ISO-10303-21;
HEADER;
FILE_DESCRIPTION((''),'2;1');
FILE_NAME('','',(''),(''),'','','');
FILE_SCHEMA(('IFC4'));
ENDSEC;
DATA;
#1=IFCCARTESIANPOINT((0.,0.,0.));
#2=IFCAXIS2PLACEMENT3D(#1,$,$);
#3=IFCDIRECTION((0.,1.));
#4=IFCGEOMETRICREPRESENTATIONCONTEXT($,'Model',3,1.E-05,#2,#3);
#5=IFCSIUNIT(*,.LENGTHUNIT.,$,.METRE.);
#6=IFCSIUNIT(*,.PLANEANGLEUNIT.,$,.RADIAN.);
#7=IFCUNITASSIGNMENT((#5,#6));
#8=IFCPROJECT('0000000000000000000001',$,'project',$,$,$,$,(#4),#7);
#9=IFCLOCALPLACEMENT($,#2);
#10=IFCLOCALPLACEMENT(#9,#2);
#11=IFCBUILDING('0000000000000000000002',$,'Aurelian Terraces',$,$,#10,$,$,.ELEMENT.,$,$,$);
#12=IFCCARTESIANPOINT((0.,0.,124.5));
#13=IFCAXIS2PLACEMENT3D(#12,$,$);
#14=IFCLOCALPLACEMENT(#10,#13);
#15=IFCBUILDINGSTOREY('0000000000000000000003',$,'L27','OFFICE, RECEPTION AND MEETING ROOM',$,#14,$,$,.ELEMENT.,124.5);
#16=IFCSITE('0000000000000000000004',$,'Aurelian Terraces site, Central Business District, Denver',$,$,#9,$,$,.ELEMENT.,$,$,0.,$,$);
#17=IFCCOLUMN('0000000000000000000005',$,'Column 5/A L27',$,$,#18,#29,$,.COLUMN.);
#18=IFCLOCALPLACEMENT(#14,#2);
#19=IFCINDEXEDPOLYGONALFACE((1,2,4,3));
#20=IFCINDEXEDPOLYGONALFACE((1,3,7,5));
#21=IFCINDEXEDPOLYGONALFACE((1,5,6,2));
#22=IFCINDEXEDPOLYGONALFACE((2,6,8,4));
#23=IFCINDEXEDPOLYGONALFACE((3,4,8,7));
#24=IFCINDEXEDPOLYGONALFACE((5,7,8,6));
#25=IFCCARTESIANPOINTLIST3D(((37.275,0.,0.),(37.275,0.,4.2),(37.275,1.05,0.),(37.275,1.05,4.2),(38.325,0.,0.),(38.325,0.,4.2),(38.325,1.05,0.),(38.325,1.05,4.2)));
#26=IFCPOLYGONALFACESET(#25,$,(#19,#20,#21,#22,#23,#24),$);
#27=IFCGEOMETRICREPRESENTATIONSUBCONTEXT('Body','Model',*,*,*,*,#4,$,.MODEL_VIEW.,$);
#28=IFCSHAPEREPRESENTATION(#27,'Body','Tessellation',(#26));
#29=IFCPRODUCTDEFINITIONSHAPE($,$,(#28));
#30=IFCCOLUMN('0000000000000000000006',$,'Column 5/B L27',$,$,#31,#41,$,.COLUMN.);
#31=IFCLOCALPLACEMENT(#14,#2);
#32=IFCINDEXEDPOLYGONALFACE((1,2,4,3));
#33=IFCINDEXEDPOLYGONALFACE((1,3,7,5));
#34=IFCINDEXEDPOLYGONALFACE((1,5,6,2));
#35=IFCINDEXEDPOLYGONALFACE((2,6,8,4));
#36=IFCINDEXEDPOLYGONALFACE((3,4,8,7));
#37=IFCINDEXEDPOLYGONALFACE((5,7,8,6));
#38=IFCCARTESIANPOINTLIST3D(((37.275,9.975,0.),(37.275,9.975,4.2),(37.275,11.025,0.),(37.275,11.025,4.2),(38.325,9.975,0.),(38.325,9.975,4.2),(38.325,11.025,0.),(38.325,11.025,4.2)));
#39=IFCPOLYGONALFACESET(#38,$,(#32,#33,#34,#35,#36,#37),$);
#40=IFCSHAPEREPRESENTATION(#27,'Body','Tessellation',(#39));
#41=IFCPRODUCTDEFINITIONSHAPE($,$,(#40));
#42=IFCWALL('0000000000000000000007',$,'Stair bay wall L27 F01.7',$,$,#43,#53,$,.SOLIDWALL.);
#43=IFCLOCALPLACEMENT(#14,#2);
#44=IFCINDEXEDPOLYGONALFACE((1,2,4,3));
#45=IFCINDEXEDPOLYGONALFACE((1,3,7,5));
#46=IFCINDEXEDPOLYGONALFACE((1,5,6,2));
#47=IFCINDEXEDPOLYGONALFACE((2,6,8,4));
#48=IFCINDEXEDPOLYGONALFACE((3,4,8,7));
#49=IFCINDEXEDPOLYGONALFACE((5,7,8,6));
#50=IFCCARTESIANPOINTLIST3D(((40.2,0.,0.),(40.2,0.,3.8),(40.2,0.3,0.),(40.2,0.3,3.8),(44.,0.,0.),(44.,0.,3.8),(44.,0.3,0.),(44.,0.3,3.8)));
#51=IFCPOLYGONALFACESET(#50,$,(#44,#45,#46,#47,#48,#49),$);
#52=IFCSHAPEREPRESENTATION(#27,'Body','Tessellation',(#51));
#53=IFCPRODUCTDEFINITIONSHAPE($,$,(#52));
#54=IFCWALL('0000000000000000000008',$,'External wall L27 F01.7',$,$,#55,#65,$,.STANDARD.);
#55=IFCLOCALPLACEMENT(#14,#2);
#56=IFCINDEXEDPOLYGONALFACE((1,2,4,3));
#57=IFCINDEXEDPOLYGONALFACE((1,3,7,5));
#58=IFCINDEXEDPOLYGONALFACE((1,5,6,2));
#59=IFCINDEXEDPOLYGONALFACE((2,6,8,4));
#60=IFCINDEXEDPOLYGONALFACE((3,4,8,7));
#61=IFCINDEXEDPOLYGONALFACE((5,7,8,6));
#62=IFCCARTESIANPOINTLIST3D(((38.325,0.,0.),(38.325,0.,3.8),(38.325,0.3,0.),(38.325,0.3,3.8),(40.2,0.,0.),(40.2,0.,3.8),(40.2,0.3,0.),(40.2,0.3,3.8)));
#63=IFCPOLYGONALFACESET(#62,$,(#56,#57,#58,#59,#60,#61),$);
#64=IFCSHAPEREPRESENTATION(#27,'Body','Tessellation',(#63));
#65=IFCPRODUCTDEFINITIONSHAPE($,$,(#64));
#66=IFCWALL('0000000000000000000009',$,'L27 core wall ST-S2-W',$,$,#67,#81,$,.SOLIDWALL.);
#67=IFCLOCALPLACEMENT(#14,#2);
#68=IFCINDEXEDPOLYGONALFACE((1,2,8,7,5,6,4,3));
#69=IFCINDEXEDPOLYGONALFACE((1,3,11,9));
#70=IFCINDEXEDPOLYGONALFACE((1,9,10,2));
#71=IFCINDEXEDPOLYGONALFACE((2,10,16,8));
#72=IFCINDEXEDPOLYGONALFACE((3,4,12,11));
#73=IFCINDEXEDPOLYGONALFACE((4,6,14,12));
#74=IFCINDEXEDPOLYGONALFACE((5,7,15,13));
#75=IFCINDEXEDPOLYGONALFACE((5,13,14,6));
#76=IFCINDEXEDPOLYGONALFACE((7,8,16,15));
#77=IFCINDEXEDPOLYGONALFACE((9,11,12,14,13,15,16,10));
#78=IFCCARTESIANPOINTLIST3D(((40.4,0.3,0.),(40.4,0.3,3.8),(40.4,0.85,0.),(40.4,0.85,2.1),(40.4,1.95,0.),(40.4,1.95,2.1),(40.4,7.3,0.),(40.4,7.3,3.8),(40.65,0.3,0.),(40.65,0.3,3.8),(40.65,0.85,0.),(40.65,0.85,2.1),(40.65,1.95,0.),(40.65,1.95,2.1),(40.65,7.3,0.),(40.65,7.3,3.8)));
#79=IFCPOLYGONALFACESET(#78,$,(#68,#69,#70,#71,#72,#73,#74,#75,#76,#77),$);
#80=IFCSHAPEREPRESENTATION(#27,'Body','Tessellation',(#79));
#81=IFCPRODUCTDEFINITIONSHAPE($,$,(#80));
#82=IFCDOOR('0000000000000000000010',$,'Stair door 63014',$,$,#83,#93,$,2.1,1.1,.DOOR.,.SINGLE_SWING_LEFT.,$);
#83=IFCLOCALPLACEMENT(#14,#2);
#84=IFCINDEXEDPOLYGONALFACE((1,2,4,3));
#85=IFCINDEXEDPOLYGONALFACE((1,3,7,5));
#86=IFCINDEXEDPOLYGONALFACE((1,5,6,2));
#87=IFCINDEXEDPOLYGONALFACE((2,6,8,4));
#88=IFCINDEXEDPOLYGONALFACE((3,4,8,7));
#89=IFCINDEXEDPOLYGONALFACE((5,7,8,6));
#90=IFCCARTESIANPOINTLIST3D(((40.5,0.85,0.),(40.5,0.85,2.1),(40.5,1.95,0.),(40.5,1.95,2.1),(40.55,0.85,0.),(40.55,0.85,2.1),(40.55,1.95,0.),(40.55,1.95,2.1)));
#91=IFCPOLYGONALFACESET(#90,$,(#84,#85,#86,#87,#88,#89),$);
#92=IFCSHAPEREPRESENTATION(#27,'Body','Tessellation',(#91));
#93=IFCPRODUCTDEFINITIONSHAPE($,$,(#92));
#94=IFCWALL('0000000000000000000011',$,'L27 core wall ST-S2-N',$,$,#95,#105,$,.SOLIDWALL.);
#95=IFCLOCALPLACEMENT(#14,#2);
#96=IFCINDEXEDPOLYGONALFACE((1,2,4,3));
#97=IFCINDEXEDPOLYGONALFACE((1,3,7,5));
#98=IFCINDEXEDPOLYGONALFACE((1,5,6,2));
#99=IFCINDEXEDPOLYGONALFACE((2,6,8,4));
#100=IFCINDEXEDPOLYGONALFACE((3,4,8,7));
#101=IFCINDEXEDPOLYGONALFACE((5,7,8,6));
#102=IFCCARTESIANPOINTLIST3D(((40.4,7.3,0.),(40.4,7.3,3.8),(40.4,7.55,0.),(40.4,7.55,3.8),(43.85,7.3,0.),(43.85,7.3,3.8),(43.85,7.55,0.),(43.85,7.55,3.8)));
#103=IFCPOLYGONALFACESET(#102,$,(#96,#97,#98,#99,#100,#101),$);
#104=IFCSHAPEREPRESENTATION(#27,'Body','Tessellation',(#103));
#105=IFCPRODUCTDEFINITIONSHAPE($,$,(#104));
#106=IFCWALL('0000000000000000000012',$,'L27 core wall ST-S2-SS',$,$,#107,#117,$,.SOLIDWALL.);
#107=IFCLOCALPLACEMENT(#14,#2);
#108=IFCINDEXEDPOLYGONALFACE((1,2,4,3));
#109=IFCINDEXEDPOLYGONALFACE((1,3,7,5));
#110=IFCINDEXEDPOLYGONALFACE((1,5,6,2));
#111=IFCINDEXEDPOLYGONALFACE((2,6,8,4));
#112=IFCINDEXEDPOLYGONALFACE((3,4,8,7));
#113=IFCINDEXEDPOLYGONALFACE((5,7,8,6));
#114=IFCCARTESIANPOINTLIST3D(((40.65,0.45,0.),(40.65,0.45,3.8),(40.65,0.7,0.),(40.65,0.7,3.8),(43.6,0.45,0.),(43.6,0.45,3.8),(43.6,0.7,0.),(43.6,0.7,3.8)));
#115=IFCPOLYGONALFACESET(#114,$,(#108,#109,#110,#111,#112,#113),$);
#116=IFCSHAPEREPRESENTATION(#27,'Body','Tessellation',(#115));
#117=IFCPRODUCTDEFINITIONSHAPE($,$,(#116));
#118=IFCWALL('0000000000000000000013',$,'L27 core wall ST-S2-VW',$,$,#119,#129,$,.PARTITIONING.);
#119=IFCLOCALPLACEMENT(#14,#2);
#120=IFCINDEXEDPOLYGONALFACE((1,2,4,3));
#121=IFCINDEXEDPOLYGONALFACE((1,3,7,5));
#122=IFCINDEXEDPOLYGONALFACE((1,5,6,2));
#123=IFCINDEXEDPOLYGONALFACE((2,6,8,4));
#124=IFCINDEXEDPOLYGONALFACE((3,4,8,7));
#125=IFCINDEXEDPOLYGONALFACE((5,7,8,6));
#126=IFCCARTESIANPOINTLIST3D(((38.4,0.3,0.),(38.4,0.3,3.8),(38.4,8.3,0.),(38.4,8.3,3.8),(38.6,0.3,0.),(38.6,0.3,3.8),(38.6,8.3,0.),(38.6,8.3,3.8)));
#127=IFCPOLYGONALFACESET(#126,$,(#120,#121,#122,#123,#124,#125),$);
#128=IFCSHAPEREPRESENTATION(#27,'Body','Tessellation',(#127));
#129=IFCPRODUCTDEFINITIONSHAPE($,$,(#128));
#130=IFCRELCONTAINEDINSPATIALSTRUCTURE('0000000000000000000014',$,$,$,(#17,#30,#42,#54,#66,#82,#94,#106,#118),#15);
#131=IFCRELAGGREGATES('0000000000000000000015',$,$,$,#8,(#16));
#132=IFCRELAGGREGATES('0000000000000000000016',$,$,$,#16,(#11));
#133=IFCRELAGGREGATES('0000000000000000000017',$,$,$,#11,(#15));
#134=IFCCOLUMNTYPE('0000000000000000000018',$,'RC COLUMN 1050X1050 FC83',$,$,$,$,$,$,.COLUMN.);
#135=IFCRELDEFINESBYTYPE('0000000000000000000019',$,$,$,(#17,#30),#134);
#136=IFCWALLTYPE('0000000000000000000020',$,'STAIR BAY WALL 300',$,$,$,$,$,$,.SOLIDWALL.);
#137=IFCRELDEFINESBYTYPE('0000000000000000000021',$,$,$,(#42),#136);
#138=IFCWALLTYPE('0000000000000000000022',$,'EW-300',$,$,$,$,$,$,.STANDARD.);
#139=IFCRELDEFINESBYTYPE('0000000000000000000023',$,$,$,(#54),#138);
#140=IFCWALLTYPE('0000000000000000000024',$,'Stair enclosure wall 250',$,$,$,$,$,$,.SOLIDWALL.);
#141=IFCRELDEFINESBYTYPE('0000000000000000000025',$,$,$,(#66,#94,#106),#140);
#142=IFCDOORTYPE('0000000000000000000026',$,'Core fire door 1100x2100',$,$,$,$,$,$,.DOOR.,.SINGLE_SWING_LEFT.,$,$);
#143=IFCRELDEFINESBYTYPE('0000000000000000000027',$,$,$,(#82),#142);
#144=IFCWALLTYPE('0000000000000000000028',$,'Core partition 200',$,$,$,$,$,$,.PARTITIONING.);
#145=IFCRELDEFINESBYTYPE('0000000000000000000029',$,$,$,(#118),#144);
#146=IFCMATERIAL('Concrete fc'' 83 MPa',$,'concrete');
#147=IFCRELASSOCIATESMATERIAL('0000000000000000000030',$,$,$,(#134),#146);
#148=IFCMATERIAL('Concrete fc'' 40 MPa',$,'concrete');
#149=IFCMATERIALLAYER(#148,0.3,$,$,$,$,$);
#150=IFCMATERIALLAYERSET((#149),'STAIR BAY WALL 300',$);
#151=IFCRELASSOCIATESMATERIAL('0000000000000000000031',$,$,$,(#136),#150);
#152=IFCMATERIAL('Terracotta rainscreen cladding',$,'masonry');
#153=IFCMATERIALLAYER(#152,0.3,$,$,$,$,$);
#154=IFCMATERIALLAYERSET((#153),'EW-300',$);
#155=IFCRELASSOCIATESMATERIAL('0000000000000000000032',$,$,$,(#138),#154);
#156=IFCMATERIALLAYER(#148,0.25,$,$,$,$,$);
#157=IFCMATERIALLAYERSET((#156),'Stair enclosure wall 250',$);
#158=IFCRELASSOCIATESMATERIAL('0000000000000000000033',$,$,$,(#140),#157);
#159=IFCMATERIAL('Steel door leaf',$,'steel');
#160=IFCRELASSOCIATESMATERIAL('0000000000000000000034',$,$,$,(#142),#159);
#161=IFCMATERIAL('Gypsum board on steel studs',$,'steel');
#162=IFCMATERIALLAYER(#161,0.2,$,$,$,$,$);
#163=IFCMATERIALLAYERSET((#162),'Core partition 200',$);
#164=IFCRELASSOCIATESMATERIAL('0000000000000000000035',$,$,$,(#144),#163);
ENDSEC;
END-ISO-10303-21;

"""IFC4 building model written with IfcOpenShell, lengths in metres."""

from ifc_helpers import new_model, si_unit, direction, frame, frame_2d, origin, origin_2d, place, context, subcontext, project, spatial, rectangle, extrude, source, transform, mapped, material, layer, layer_set, material_profile, profile_set, type_object, element, fill, save


model = new_model("IFC4")

# Units and contexts
model_context = context("Model", 3, precision=1e-05, world=origin(), true_north=direction((0.0, 1.0)))
body_context = subcontext(model_context, "Body", "Model", "MODEL_VIEW")
ifc_project = project(units=[si_unit("LENGTHUNIT", "METRE"), si_unit("PLANEANGLEUNIT", "RADIAN")], contexts=[model_context])

# Site, building, storey
site_placement = place(None, origin())
site = spatial("IfcSite", under=ifc_project, at=site_placement, Name="Aurelian Terraces site, Central Business District, Denver", CompositionType="ELEMENT", RefElevation=0.0)
building_placement = place(site_placement, origin())
building = spatial("IfcBuilding", under=site, at=building_placement, Name="Aurelian Terraces", CompositionType="ELEMENT")
storey_placement = place(building_placement, frame((0.0, 0.0, 124.5)))
storey = spatial("IfcBuildingStorey", under=building, at=storey_placement, Name="L27", Description="OFFICE, RECEPTION AND MEETING ROOM", CompositionType="ELEMENT", Elevation=124.5)

# Columns
ifc_material_1 = material(Name="Concrete fc' 83 MPa", Category="concrete")
ifc_material_profile = material_profile(ifc_material_1, rectangle(XDim=1.05, YDim=1.05, at=origin_2d()))
ifc_profile_set = profile_set([ifc_material_profile], Name="Concrete fc' 83 MPa")
column_type = type_object("IfcColumnType", Name="RC COLUMN 1050X1050 FC83", PredefinedType="COLUMN", material=ifc_profile_set)
shared_shape_1 = source(origin(), body_context, "Body", "SweptSolid", [
    extrude(rectangle(XDim=1.05, YDim=1.05, at=origin_2d()), origin(), (0.0, 0.0, 1.0), 4.2),
])
for number, where, z_axis, x_axis, name in (
    (1, (37.8, 0.525, 0.0), (0.0, 0.0, 1.0), (1.0, 0.0, 0.0), "Column 5/A L27"),
    (2, (37.8, 10.5, 0.0), (0.0, 0.0, 1.0), (1.0, 0.0, 0.0), "Column 5/B L27"),
):
    element("IfcColumn", number, at=place(storey_placement, frame(where, z_axis=z_axis, x_axis=x_axis)), inside=storey, type_object=column_type, Name=name, PredefinedType="COLUMN", context=body_context, shape_type="MappedRepresentation", body=[
        mapped(shared_shape_1, transform((0.0, 0.0, 0.0), scale=1.0)),
    ])

# Walls
ifc_material_2 = material(Name="Concrete fc' 40 MPa", Category="concrete")
ifc_layer_1 = layer(ifc_material_2, 0.3)
ifc_layer_set_1 = layer_set([ifc_layer_1], Name="STAIR BAY WALL 300")
wall_type_1 = type_object("IfcWallType", Name="STAIR BAY WALL 300", PredefinedType="SOLIDWALL", material=ifc_layer_set_1)
shared_shape_2 = source(origin(), body_context, "Body", "SweptSolid", [
    extrude(rectangle(XDim=3.8, YDim=0.3, at=frame_2d((1.9, 0.0))), origin(), (0.0, 0.0, 1.0), 3.8),
])
wall_1_placement = place(storey_placement, frame((40.2, 0.15, 0.0), z_axis=(0.0, 0.0, 1.0), x_axis=(1.0, 0.0, 0.0)))
element("IfcWall", 3, at=wall_1_placement, inside=storey, type_object=wall_type_1, Name="Stair bay wall L27 F01.7", PredefinedType="SOLIDWALL", context=body_context, shape_type="MappedRepresentation", body=[
    mapped(shared_shape_2, transform((0.0, 0.0, 0.0), scale=1.0)),
])
ifc_material_3 = material(Name="Terracotta rainscreen cladding", Category="masonry")
ifc_layer_2 = layer(ifc_material_3, 0.3)
ifc_layer_set_2 = layer_set([ifc_layer_2], Name="EW-300")
wall_type_2 = type_object("IfcWallType", Name="EW-300", PredefinedType="STANDARD", material=ifc_layer_set_2)
shared_shape_3 = source(origin(), body_context, "Body", "SweptSolid", [
    extrude(rectangle(XDim=1.875, YDim=0.3, at=frame_2d((0.9375, 0.0))), origin(), (0.0, 0.0, 1.0), 3.8),
])
wall_2_placement = place(storey_placement, frame((38.325, 0.15, 0.0), z_axis=(0.0, 0.0, 1.0), x_axis=(1.0, 0.0, 0.0)))
element("IfcWall", 4, at=wall_2_placement, inside=storey, type_object=wall_type_2, Name="External wall L27 F01.7", PredefinedType="STANDARD", context=body_context, shape_type="MappedRepresentation", body=[
    mapped(shared_shape_3, transform((0.0, 0.0, 0.0), scale=1.0)),
])

# Wall, opening, door
ifc_layer_3 = layer(ifc_material_2, 0.25)
ifc_layer_set_3 = layer_set([ifc_layer_3], Name="Stair enclosure wall 250")
wall_type_3 = type_object("IfcWallType", Name="Stair enclosure wall 250", PredefinedType="SOLIDWALL", material=ifc_layer_set_3)
shared_shape_4 = source(origin(), body_context, "Body", "SweptSolid", [
    extrude(rectangle(XDim=7.0, YDim=0.25, at=frame_2d((3.5, 0.0))), origin(), (0.0, 0.0, 1.0), 3.8),
])
wall_3_placement = place(storey_placement, frame((40.525, 0.3, 0.0), z_axis=(0.0, 0.0, 1.0), x_axis=(0.0, 1.0, 0.0)))
wall_3 = element("IfcWall", 5, at=wall_3_placement, inside=storey, type_object=wall_type_3, Name="L27 core wall ST-S2-W", PredefinedType="SOLIDWALL", context=body_context, shape_type="MappedRepresentation", body=[
    mapped(shared_shape_4, transform((0.0, 0.0, 0.0), scale=1.0)),
])
shared_shape_5 = source(origin(), body_context, "Body", "SweptSolid", [
    extrude(rectangle(XDim=1.1, YDim=2.1, at=frame_2d((0.55, 1.05))), frame((0.0, 0.135, 0.0), z_axis=(0.0, -1.0, 0.0), x_axis=(1.0, 0.0, 0.0)), (0.0, 0.0, 1.0), 0.27),
])
opening_1_placement = place(wall_3_placement, frame((0.55, 0.0, 0.0)))
opening_1 = element("IfcOpeningElement", 6, at=opening_1_placement, cuts=wall_3, PredefinedType="OPENING", context=body_context, shape_type="MappedRepresentation", body=[
    mapped(shared_shape_5, transform((0.0, 0.0, 0.0), scale=1.0)),
])
ifc_material_4 = material(Name="Steel door leaf", Category="steel")
door_type_1 = type_object("IfcDoorType", Name="Core fire door 1100x2100", OperationType="SINGLE_SWING_LEFT", PredefinedType="DOOR", material=ifc_material_4)
shared_shape_6 = source(origin(), body_context, "Body", "SweptSolid", [
    extrude(rectangle(XDim=1.1, YDim=2.1, at=frame_2d((0.55, 1.05))), frame((0.0, 0.025, 0.0), z_axis=(0.0, -1.0, 0.0), x_axis=(1.0, 0.0, 0.0)), (0.0, 0.0, 1.0), 0.05),
])
door_1_placement = place(opening_1_placement, origin())
door_1 = element("IfcDoor", 7, at=door_1_placement, inside=storey, type_object=door_type_1, Name="Stair door 63014", OperationType="SINGLE_SWING_LEFT", OverallHeight=2.1, OverallWidth=1.1, PredefinedType="DOOR", context=body_context, shape_type="MappedRepresentation", body=[
    mapped(shared_shape_6, transform((0.0, 0.0, 0.0), scale=1.0)),
])
fill(opening_1, door_1)

# Walls
shared_shape_7 = source(origin(), body_context, "Body", "SweptSolid", [
    extrude(rectangle(XDim=3.45, YDim=0.25, at=frame_2d((1.725, 0.0))), origin(), (0.0, 0.0, 1.0), 3.8),
])
wall_4_placement = place(storey_placement, frame((40.4, 7.425, 0.0), z_axis=(0.0, 0.0, 1.0), x_axis=(1.0, 0.0, 0.0)))
element("IfcWall", 8, at=wall_4_placement, inside=storey, type_object=wall_type_3, Name="L27 core wall ST-S2-N", PredefinedType="SOLIDWALL", context=body_context, shape_type="MappedRepresentation", body=[
    mapped(shared_shape_7, transform((0.0, 0.0, 0.0), scale=1.0)),
])
shared_shape_8 = source(origin(), body_context, "Body", "SweptSolid", [
    extrude(rectangle(XDim=2.95, YDim=0.25, at=frame_2d((1.475, 0.0))), origin(), (0.0, 0.0, 1.0), 3.8),
])
wall_5_placement = place(storey_placement, frame((40.65, 0.575, 0.0), z_axis=(0.0, 0.0, 1.0), x_axis=(1.0, 0.0, 0.0)))
element("IfcWall", 9, at=wall_5_placement, inside=storey, type_object=wall_type_3, Name="L27 core wall ST-S2-SS", PredefinedType="SOLIDWALL", context=body_context, shape_type="MappedRepresentation", body=[
    mapped(shared_shape_8, transform((0.0, 0.0, 0.0), scale=1.0)),
])
ifc_material_5 = material(Name="Gypsum board on steel studs", Category="steel")
ifc_layer_4 = layer(ifc_material_5, 0.2)
ifc_layer_set_4 = layer_set([ifc_layer_4], Name="Core partition 200")
wall_type_4 = type_object("IfcWallType", Name="Core partition 200", PredefinedType="PARTITIONING", material=ifc_layer_set_4)
shared_shape_9 = source(origin(), body_context, "Body", "SweptSolid", [
    extrude(rectangle(XDim=8.0, YDim=0.2, at=frame_2d((4.0, 0.0))), origin(), (0.0, 0.0, 1.0), 3.8),
])
wall_6_placement = place(storey_placement, frame((38.5, 0.3, 0.0), z_axis=(0.0, 0.0, 1.0), x_axis=(0.0, 1.0, 0.0)))
element("IfcWall", 10, at=wall_6_placement, inside=storey, type_object=wall_type_4, Name="L27 core wall ST-S2-VW", PredefinedType="PARTITIONING", context=body_context, shape_type="MappedRepresentation", body=[
    mapped(shared_shape_9, transform((0.0, 0.0, 0.0), scale=1.0)),
])

save(model, "model.ifc")
